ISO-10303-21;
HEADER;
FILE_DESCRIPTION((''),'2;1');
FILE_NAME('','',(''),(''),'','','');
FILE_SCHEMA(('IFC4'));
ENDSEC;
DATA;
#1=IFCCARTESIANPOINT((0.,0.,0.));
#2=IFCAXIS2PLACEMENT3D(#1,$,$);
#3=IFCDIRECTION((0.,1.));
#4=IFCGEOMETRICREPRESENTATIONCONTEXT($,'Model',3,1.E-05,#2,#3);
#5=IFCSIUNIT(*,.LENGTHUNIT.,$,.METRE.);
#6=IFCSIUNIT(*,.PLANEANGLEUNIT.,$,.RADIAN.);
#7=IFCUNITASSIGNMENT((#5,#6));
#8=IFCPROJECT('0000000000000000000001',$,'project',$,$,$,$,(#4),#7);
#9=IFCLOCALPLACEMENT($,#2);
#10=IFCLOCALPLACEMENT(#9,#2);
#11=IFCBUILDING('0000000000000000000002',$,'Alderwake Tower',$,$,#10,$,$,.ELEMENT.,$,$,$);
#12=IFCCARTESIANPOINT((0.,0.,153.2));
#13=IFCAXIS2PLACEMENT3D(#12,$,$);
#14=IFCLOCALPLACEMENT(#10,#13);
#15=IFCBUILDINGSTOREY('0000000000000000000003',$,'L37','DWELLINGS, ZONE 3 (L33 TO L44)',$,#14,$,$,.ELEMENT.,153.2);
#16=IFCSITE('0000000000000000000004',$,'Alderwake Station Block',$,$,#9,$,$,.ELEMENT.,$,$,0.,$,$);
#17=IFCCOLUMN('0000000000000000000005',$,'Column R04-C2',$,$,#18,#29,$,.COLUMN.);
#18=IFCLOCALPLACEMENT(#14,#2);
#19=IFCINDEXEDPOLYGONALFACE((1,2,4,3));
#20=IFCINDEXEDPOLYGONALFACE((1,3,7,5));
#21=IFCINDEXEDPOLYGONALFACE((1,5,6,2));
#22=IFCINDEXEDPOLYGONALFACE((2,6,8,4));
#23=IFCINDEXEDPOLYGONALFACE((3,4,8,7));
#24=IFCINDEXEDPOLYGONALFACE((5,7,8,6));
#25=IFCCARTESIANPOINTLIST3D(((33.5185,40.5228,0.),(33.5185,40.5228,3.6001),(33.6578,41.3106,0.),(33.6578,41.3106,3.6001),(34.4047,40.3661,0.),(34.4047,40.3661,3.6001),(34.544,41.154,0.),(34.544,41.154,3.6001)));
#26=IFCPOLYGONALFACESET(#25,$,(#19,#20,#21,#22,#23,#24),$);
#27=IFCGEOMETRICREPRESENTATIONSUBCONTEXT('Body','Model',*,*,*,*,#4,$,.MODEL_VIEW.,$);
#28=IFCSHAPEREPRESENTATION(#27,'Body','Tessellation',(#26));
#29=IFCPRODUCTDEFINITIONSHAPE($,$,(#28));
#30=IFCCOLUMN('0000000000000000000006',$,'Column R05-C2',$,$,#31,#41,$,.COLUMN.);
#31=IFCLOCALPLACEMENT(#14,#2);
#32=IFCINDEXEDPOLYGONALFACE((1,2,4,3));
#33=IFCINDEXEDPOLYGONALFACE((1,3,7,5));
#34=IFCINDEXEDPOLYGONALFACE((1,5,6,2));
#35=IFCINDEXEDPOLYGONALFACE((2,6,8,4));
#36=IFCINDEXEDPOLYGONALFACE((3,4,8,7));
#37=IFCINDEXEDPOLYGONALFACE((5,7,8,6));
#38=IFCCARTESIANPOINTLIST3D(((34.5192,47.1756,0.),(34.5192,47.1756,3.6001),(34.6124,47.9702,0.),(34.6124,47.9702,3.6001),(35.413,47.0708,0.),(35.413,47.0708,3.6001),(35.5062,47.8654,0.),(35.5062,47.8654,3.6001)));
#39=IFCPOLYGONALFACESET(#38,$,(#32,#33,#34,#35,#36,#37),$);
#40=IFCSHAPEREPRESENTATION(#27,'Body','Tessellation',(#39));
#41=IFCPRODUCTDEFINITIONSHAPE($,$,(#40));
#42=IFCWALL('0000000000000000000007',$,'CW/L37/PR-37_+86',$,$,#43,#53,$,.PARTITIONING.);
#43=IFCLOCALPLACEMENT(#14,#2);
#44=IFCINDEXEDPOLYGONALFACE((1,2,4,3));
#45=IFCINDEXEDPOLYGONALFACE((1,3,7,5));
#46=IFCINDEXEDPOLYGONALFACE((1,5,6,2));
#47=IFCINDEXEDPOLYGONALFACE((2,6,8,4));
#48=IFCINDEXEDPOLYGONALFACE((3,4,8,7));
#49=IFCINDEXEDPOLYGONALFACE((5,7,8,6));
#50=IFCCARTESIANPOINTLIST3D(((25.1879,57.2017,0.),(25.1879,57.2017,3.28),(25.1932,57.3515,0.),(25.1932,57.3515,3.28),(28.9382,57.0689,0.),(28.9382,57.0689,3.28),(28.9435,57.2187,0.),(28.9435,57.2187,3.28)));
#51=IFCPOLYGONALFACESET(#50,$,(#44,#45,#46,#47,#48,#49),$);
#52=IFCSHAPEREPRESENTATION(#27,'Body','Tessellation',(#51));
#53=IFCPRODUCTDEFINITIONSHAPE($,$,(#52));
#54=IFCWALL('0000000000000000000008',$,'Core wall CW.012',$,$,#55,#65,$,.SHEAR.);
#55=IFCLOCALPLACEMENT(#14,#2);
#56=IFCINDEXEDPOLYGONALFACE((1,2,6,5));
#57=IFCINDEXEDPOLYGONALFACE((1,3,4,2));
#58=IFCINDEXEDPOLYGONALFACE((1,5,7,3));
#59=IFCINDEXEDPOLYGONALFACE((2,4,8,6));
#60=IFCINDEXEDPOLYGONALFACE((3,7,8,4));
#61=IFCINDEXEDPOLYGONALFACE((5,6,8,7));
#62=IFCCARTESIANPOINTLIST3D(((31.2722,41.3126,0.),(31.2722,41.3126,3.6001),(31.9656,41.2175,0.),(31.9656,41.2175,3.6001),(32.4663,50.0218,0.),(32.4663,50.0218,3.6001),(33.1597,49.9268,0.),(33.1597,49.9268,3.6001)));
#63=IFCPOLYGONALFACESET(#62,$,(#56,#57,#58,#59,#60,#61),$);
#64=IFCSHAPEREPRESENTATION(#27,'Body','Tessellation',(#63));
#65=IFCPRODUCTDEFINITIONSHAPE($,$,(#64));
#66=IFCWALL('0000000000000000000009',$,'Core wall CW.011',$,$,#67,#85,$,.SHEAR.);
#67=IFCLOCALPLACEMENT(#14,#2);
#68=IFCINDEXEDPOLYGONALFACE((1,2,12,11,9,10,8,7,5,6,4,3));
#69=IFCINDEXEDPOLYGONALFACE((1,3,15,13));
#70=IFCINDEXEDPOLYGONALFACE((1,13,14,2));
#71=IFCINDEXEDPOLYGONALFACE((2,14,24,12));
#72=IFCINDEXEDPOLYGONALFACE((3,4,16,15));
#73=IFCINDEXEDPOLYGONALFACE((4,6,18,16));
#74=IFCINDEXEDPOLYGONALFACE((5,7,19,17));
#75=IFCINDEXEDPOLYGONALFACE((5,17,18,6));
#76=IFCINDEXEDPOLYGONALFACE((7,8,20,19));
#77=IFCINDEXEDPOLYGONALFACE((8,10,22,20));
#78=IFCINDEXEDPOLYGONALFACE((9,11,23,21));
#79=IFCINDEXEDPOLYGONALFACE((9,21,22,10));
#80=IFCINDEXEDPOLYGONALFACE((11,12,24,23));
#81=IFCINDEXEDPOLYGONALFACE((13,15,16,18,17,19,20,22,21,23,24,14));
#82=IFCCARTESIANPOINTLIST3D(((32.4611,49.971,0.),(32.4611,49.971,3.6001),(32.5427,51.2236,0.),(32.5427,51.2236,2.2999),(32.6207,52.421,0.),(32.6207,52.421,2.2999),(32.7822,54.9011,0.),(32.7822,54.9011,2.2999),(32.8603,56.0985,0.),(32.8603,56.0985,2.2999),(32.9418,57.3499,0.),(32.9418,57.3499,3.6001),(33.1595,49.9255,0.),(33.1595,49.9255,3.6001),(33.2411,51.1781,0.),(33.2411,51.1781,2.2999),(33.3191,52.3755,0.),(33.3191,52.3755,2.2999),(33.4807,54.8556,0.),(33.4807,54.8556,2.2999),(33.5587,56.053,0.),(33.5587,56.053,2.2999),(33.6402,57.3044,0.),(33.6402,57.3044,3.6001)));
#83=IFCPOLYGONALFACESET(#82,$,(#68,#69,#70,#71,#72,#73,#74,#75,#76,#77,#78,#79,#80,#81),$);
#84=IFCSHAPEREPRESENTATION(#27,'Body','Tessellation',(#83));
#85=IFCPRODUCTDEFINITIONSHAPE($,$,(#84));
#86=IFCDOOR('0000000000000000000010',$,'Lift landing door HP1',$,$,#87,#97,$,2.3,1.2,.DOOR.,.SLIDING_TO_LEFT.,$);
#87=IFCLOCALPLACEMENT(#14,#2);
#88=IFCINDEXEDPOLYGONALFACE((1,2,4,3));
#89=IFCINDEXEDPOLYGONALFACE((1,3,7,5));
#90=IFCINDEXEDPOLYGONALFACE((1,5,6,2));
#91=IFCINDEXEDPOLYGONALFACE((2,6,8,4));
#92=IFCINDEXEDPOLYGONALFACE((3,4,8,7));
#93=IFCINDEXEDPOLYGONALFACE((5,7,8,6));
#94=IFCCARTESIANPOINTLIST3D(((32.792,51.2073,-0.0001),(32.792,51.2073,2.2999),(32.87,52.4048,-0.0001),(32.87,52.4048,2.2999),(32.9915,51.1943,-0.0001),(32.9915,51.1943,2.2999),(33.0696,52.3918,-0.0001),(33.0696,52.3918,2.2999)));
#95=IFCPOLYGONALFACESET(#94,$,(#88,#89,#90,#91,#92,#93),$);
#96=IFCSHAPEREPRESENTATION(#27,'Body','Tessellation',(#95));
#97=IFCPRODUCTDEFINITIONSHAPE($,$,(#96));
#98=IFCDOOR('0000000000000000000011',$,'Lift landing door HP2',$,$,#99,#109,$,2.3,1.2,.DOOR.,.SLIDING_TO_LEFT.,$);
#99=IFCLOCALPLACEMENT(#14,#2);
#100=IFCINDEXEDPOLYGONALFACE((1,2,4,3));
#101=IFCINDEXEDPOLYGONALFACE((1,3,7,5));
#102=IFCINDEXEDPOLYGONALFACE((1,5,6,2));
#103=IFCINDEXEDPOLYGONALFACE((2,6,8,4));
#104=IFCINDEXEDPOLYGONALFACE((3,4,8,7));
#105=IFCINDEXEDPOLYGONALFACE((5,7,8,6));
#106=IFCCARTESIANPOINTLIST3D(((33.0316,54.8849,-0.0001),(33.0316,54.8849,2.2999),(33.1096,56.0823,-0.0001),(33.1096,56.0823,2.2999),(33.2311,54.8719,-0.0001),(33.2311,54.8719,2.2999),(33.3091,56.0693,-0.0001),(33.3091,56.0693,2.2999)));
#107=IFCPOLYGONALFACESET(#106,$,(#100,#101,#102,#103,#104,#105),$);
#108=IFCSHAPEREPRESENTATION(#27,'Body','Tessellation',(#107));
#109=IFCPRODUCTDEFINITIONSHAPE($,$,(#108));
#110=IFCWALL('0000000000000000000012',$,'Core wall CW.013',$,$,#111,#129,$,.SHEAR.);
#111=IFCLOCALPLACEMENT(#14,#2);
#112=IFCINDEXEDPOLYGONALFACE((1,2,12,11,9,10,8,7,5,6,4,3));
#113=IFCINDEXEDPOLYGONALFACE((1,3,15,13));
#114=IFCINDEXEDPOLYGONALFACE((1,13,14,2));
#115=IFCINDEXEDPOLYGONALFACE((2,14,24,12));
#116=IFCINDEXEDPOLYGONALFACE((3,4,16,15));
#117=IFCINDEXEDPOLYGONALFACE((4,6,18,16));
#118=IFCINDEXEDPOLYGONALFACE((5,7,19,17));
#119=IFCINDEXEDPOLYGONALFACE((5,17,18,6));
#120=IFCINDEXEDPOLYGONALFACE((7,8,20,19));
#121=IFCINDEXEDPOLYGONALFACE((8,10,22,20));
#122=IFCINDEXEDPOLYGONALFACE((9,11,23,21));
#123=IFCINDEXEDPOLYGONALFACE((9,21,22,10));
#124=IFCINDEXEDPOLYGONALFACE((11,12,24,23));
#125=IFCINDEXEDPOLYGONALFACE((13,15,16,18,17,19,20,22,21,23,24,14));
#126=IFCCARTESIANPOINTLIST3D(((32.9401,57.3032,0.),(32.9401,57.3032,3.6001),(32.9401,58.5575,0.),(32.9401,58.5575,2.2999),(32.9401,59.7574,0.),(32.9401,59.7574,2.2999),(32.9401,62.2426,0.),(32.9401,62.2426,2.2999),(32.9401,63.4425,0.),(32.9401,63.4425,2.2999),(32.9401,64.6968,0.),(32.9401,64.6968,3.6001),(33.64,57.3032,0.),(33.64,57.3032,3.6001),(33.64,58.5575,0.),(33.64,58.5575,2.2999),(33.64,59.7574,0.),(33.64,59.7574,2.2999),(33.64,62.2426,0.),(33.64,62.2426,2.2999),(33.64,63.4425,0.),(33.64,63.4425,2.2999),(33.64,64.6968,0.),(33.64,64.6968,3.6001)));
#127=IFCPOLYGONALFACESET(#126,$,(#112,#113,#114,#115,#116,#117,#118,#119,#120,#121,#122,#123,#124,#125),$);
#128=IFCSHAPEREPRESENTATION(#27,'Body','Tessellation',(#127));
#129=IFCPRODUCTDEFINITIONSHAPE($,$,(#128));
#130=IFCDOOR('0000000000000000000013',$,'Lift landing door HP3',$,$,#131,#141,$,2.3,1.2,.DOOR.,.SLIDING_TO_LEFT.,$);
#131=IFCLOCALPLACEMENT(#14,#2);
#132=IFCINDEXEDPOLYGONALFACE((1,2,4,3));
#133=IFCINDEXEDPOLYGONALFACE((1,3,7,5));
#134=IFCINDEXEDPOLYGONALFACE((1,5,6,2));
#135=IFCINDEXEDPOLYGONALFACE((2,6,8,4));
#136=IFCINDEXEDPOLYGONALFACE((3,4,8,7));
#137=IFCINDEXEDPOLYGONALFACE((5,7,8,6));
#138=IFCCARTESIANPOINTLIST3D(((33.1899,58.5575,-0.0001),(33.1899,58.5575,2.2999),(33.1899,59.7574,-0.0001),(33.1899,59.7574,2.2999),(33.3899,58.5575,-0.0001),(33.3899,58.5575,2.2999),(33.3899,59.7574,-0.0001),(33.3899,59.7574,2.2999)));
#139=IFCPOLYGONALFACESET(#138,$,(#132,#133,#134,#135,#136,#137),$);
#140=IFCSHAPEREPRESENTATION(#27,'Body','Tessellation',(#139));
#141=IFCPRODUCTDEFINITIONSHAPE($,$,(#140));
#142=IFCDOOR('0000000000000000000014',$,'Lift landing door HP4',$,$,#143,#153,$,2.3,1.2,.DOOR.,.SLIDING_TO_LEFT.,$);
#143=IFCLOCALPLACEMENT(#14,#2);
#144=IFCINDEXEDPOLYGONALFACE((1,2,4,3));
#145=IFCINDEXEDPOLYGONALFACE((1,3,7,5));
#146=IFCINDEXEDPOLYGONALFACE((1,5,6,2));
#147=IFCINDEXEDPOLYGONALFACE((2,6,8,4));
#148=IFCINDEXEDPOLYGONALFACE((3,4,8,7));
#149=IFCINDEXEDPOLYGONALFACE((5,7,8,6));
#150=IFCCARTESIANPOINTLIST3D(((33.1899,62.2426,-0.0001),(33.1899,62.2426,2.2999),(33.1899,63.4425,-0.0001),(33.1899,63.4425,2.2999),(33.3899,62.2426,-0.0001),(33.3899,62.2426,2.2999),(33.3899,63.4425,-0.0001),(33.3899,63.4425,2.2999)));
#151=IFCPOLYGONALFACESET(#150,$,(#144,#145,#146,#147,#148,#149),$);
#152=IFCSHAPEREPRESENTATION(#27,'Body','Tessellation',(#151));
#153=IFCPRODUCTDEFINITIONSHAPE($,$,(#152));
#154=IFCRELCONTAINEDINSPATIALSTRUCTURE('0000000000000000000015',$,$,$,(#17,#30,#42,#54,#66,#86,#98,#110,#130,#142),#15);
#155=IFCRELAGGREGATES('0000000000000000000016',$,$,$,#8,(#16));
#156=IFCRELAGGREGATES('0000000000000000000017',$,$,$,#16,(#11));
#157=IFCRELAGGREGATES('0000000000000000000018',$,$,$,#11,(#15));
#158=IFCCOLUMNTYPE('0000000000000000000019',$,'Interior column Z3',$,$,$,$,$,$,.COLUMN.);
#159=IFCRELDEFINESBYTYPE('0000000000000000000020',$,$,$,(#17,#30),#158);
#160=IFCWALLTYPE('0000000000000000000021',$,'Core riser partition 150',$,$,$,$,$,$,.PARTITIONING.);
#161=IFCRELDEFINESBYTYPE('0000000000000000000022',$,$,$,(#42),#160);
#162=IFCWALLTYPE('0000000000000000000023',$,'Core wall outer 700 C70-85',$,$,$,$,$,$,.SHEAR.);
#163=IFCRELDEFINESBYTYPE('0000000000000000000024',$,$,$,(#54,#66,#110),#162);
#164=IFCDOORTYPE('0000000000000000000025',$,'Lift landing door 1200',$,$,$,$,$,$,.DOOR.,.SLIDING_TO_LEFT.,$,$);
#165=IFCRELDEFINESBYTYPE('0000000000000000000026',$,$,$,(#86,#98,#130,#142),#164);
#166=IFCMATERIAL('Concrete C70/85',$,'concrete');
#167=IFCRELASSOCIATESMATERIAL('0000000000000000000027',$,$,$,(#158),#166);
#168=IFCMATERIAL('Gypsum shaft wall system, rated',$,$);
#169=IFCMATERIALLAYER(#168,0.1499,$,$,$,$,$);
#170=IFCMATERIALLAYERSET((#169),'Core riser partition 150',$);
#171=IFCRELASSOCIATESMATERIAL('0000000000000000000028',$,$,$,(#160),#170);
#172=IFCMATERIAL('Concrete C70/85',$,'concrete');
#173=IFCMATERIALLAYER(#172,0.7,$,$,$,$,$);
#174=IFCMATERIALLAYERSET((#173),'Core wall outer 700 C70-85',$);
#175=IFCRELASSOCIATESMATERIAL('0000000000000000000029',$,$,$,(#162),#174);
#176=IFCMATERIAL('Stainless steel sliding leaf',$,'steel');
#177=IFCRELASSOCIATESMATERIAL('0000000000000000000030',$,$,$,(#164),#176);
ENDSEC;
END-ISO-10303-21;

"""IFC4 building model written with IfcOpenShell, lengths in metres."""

from ifc_helpers import new_model, si_unit, direction, frame, frame_2d, origin, origin_2d, place, context, subcontext, project, spatial, rectangle, extrude, material, layer, layer_set, material_profile, profile_set, type_object, element, fill, save


model = new_model("IFC4")

# Units and contexts
model_context = context("Model", 3, precision=1e-05, world=origin(), true_north=direction((0.0, 1.0)))
body_context = subcontext(model_context, "Body", "Model", "MODEL_VIEW")
ifc_project = project(units=[si_unit("LENGTHUNIT", "METRE"), si_unit("PLANEANGLEUNIT", "RADIAN")], contexts=[model_context])

# Site, building, storey
site_placement = place(None, origin())
site = spatial("IfcSite", under=ifc_project, at=site_placement, Name="Alderwake Station Block", CompositionType="ELEMENT", RefElevation=0.0)
building_placement = place(site_placement, origin())
building = spatial("IfcBuilding", under=site, at=building_placement, Name="Alderwake Tower", CompositionType="ELEMENT")
storey_placement = place(building_placement, frame((0.0, 0.0, 153.2)))
storey = spatial("IfcBuildingStorey", under=building, at=storey_placement, Name="L37", Description="DWELLINGS, ZONE 3 (L33 TO L44)", CompositionType="ELEMENT", Elevation=153.2)

# Columns
ifc_material_1 = material(Name="Concrete C70/85", Category="concrete")
ifc_material_profile = material_profile(ifc_material_1, rectangle(XDim=0.8, YDim=0.8999, at=origin_2d()), Name="RC 900X800")
ifc_profile_set = profile_set([ifc_material_profile], Name="Concrete C70/85")
column_type = type_object("IfcColumnType", Name="Interior column Z3", PredefinedType="COLUMN", material=ifc_profile_set)
for number, where, z_axis, x_axis, name in (
    (1, (34.0312, 40.8384, 0.0), (0.0, 0.0, 1.0), (0.174109, 0.984726, 0.0), "Column R04-C2"),
    (2, (35.0127, 47.5205, 0.0), (0.0, 0.0, 1.0), (0.116402, 0.993202, 0.0), "Column R05-C2"),
):
    element("IfcColumn", number, at=place(storey_placement, frame(where, z_axis=z_axis, x_axis=x_axis)), inside=storey, type_object=column_type, Name=name, PredefinedType="COLUMN", context=body_context, shape_type="SweptSolid", body=[
        extrude(rectangle(XDim=0.8, YDim=0.8999, at=origin_2d()), origin(), (0.0, 0.0, 1.0), 3.6001),
    ])

# Walls
ifc_material_2 = material(Name="Gypsum shaft wall system, rated")
ifc_layer_1 = layer(ifc_material_2, 0.1499)
ifc_layer_set_1 = layer_set([ifc_layer_1], Name="Core riser partition 150")
wall_type_1 = type_object("IfcWallType", Name="Core riser partition 150", PredefinedType="PARTITIONING", material=ifc_layer_set_1)
wall_1_placement = place(storey_placement, frame((25.1904, 57.2766, 0.0), z_axis=(0.0, 0.0, 1.0), x_axis=(0.999374, -0.035392, 0.0)))
element("IfcWall", 3, at=wall_1_placement, inside=storey, type_object=wall_type_1, Name="CW/L37/PR-37_+86", PredefinedType="PARTITIONING", context=body_context, shape_type="SweptSolid", body=[
    extrude(rectangle(XDim=3.7527, YDim=0.1499, at=frame_2d((1.8765, 0.0))), origin(), (0.0, 0.0, 1.0), 3.28),
])
ifc_material_3 = material(Name="Concrete C70/85", Category="concrete")
ifc_layer_2 = layer(ifc_material_3, 0.7)
ifc_layer_set_2 = layer_set([ifc_layer_2], Name="Core wall outer 700 C70-85")
wall_type_2 = type_object("IfcWallType", Name="Core wall outer 700 C70-85", PredefinedType="SHEAR", material=ifc_layer_set_2)
wall_2_placement = place(storey_placement, frame((31.6189, 41.2649, 0.0), z_axis=(0.0, 0.0, 1.0), x_axis=(0.135836, 0.990731, 0.0)))
element("IfcWall", 4, at=wall_2_placement, inside=storey, type_object=wall_type_2, Name="Core wall CW.012", PredefinedType="SHEAR", context=body_context, shape_type="SweptSolid", body=[
    extrude(rectangle(XDim=8.7908, YDim=0.7, at=frame_2d((4.3955, 0.0))), origin(), (0.0, 0.0, 1.0), 3.6001),
])

# Walls, openings, doors
wall_3_placement = place(storey_placement, frame((32.8103, 49.9482, 0.0), z_axis=(0.0, 0.0, 1.0), x_axis=(0.065009, 0.997885, 0.0)))
wall_3 = element("IfcWall", 5, at=wall_3_placement, inside=storey, type_object=wall_type_2, Name="Core wall CW.011", PredefinedType="SHEAR", context=body_context, shape_type="SweptSolid", body=[
    extrude(rectangle(XDim=7.3945, YDim=0.7, at=frame_2d((3.6973, 0.0))), origin(), (0.0, 0.0, 1.0), 3.6001),
])
opening_1_placement = place(wall_3_placement, frame((1.2551, 0.0, 0.0)))
opening_1 = element("IfcOpeningElement", 6, at=opening_1_placement, cuts=wall_3, PredefinedType="OPENING", context=body_context, shape_type="SweptSolid", body=[
    extrude(rectangle(XDim=1.2, YDim=2.3, at=frame_2d((0.6001, 1.1499))), frame((0.0, 0.3599, 0.0), z_axis=(0.0, -1.0, 0.0), x_axis=(1.0, 0.0, 0.0)), (0.0, 0.0, 1.0), 0.72),
])
opening_2_placement = place(wall_3_placement, frame((4.9404, 0.0, 0.0)))
opening_2 = element("IfcOpeningElement", 7, at=opening_2_placement, cuts=wall_3, PredefinedType="OPENING", context=body_context, shape_type="SweptSolid", body=[
    extrude(rectangle(XDim=1.2, YDim=2.3, at=frame_2d((0.6001, 1.1499))), frame((0.0, 0.3599, 0.0), z_axis=(0.0, -1.0, 0.0), x_axis=(1.0, 0.0, 0.0)), (0.0, 0.0, 1.0), 0.72),
])
ifc_material_4 = material(Name="Stainless steel sliding leaf", Category="steel")
door_type_1 = type_object("IfcDoorType", Name="Lift landing door 1200", OperationType="SLIDING_TO_LEFT", PredefinedType="DOOR", material=ifc_material_4)
door_1_placement = place(opening_1_placement, origin())
door_1 = element("IfcDoor", 8, at=door_1_placement, inside=storey, type_object=door_type_1, Name="Lift landing door HP1", OperationType="SLIDING_TO_LEFT", OverallHeight=2.3, OverallWidth=1.2, PredefinedType="DOOR", context=body_context, shape_type="SweptSolid", body=[
    extrude(rectangle(XDim=1.2, YDim=2.3, at=frame_2d((0.6001, 1.1499))), frame((0.0, 0.1001, 0.0), z_axis=(0.0, -1.0, 0.0), x_axis=(1.0, 0.0, 0.0)), (0.0, 0.0, 1.0), 0.2),
])
fill(opening_1, door_1)
door_2_placement = place(opening_2_placement, origin())
door_2 = element("IfcDoor", 9, at=door_2_placement, inside=storey, type_object=door_type_1, Name="Lift landing door HP2", OperationType="SLIDING_TO_LEFT", OverallHeight=2.3, OverallWidth=1.2, PredefinedType="DOOR", context=body_context, shape_type="SweptSolid", body=[
    extrude(rectangle(XDim=1.2, YDim=2.3, at=frame_2d((0.6001, 1.1499))), frame((0.0, 0.1001, 0.0), z_axis=(0.0, -1.0, 0.0), x_axis=(1.0, 0.0, 0.0)), (0.0, 0.0, 1.0), 0.2),
])
fill(opening_2, door_2)
wall_4_placement = place(storey_placement, frame((33.29, 57.3032, 0.0), z_axis=(0.0, 0.0, 1.0), x_axis=(0.0, 1.0, 0.0)))
wall_4 = element("IfcWall", 10, at=wall_4_placement, inside=storey, type_object=wall_type_2, Name="Core wall CW.013", PredefinedType="SHEAR", context=body_context, shape_type="SweptSolid", body=[
    extrude(rectangle(XDim=7.3936, YDim=0.7, at=frame_2d((3.6968, 0.0))), origin(), (0.0, 0.0, 1.0), 3.6001),
])
opening_3_placement = place(wall_4_placement, frame((1.2542, 0.0, 0.0)))
opening_3 = element("IfcOpeningElement", 11, at=opening_3_placement, cuts=wall_4, PredefinedType="OPENING", context=body_context, shape_type="SweptSolid", body=[
    extrude(rectangle(XDim=1.2, YDim=2.3, at=frame_2d((0.6001, 1.1499))), frame((0.0, 0.3599, 0.0), z_axis=(0.0, -1.0, 0.0), x_axis=(1.0, 0.0, 0.0)), (0.0, 0.0, 1.0), 0.72),
])
opening_4_placement = place(wall_4_placement, frame((4.9392, 0.0, 0.0)))
opening_4 = element("IfcOpeningElement", 12, at=opening_4_placement, cuts=wall_4, PredefinedType="OPENING", context=body_context, shape_type="SweptSolid", body=[
    extrude(rectangle(XDim=1.2, YDim=2.3, at=frame_2d((0.6001, 1.1499))), frame((0.0, 0.3599, 0.0), z_axis=(0.0, -1.0, 0.0), x_axis=(1.0, 0.0, 0.0)), (0.0, 0.0, 1.0), 0.72),
])
door_3_placement = place(opening_3_placement, origin())
door_3 = element("IfcDoor", 13, at=door_3_placement, inside=storey, type_object=door_type_1, Name="Lift landing door HP3", OperationType="SLIDING_TO_LEFT", OverallHeight=2.3, OverallWidth=1.2, PredefinedType="DOOR", context=body_context, shape_type="SweptSolid", body=[
    extrude(rectangle(XDim=1.2, YDim=2.3, at=frame_2d((0.6001, 1.1499))), frame((0.0, 0.1001, 0.0), z_axis=(0.0, -1.0, 0.0), x_axis=(1.0, 0.0, 0.0)), (0.0, 0.0, 1.0), 0.2),
])
fill(opening_3, door_3)
door_4_placement = place(opening_4_placement, origin())
door_4 = element("IfcDoor", 14, at=door_4_placement, inside=storey, type_object=door_type_1, Name="Lift landing door HP4", OperationType="SLIDING_TO_LEFT", OverallHeight=2.3, OverallWidth=1.2, PredefinedType="DOOR", context=body_context, shape_type="SweptSolid", body=[
    extrude(rectangle(XDim=1.2, YDim=2.3, at=frame_2d((0.6001, 1.1499))), frame((0.0, 0.1001, 0.0), z_axis=(0.0, -1.0, 0.0), x_axis=(1.0, 0.0, 0.0)), (0.0, 0.0, 1.0), 0.2),
])
fill(opening_4, door_4)

save(model, "model.ifc")
